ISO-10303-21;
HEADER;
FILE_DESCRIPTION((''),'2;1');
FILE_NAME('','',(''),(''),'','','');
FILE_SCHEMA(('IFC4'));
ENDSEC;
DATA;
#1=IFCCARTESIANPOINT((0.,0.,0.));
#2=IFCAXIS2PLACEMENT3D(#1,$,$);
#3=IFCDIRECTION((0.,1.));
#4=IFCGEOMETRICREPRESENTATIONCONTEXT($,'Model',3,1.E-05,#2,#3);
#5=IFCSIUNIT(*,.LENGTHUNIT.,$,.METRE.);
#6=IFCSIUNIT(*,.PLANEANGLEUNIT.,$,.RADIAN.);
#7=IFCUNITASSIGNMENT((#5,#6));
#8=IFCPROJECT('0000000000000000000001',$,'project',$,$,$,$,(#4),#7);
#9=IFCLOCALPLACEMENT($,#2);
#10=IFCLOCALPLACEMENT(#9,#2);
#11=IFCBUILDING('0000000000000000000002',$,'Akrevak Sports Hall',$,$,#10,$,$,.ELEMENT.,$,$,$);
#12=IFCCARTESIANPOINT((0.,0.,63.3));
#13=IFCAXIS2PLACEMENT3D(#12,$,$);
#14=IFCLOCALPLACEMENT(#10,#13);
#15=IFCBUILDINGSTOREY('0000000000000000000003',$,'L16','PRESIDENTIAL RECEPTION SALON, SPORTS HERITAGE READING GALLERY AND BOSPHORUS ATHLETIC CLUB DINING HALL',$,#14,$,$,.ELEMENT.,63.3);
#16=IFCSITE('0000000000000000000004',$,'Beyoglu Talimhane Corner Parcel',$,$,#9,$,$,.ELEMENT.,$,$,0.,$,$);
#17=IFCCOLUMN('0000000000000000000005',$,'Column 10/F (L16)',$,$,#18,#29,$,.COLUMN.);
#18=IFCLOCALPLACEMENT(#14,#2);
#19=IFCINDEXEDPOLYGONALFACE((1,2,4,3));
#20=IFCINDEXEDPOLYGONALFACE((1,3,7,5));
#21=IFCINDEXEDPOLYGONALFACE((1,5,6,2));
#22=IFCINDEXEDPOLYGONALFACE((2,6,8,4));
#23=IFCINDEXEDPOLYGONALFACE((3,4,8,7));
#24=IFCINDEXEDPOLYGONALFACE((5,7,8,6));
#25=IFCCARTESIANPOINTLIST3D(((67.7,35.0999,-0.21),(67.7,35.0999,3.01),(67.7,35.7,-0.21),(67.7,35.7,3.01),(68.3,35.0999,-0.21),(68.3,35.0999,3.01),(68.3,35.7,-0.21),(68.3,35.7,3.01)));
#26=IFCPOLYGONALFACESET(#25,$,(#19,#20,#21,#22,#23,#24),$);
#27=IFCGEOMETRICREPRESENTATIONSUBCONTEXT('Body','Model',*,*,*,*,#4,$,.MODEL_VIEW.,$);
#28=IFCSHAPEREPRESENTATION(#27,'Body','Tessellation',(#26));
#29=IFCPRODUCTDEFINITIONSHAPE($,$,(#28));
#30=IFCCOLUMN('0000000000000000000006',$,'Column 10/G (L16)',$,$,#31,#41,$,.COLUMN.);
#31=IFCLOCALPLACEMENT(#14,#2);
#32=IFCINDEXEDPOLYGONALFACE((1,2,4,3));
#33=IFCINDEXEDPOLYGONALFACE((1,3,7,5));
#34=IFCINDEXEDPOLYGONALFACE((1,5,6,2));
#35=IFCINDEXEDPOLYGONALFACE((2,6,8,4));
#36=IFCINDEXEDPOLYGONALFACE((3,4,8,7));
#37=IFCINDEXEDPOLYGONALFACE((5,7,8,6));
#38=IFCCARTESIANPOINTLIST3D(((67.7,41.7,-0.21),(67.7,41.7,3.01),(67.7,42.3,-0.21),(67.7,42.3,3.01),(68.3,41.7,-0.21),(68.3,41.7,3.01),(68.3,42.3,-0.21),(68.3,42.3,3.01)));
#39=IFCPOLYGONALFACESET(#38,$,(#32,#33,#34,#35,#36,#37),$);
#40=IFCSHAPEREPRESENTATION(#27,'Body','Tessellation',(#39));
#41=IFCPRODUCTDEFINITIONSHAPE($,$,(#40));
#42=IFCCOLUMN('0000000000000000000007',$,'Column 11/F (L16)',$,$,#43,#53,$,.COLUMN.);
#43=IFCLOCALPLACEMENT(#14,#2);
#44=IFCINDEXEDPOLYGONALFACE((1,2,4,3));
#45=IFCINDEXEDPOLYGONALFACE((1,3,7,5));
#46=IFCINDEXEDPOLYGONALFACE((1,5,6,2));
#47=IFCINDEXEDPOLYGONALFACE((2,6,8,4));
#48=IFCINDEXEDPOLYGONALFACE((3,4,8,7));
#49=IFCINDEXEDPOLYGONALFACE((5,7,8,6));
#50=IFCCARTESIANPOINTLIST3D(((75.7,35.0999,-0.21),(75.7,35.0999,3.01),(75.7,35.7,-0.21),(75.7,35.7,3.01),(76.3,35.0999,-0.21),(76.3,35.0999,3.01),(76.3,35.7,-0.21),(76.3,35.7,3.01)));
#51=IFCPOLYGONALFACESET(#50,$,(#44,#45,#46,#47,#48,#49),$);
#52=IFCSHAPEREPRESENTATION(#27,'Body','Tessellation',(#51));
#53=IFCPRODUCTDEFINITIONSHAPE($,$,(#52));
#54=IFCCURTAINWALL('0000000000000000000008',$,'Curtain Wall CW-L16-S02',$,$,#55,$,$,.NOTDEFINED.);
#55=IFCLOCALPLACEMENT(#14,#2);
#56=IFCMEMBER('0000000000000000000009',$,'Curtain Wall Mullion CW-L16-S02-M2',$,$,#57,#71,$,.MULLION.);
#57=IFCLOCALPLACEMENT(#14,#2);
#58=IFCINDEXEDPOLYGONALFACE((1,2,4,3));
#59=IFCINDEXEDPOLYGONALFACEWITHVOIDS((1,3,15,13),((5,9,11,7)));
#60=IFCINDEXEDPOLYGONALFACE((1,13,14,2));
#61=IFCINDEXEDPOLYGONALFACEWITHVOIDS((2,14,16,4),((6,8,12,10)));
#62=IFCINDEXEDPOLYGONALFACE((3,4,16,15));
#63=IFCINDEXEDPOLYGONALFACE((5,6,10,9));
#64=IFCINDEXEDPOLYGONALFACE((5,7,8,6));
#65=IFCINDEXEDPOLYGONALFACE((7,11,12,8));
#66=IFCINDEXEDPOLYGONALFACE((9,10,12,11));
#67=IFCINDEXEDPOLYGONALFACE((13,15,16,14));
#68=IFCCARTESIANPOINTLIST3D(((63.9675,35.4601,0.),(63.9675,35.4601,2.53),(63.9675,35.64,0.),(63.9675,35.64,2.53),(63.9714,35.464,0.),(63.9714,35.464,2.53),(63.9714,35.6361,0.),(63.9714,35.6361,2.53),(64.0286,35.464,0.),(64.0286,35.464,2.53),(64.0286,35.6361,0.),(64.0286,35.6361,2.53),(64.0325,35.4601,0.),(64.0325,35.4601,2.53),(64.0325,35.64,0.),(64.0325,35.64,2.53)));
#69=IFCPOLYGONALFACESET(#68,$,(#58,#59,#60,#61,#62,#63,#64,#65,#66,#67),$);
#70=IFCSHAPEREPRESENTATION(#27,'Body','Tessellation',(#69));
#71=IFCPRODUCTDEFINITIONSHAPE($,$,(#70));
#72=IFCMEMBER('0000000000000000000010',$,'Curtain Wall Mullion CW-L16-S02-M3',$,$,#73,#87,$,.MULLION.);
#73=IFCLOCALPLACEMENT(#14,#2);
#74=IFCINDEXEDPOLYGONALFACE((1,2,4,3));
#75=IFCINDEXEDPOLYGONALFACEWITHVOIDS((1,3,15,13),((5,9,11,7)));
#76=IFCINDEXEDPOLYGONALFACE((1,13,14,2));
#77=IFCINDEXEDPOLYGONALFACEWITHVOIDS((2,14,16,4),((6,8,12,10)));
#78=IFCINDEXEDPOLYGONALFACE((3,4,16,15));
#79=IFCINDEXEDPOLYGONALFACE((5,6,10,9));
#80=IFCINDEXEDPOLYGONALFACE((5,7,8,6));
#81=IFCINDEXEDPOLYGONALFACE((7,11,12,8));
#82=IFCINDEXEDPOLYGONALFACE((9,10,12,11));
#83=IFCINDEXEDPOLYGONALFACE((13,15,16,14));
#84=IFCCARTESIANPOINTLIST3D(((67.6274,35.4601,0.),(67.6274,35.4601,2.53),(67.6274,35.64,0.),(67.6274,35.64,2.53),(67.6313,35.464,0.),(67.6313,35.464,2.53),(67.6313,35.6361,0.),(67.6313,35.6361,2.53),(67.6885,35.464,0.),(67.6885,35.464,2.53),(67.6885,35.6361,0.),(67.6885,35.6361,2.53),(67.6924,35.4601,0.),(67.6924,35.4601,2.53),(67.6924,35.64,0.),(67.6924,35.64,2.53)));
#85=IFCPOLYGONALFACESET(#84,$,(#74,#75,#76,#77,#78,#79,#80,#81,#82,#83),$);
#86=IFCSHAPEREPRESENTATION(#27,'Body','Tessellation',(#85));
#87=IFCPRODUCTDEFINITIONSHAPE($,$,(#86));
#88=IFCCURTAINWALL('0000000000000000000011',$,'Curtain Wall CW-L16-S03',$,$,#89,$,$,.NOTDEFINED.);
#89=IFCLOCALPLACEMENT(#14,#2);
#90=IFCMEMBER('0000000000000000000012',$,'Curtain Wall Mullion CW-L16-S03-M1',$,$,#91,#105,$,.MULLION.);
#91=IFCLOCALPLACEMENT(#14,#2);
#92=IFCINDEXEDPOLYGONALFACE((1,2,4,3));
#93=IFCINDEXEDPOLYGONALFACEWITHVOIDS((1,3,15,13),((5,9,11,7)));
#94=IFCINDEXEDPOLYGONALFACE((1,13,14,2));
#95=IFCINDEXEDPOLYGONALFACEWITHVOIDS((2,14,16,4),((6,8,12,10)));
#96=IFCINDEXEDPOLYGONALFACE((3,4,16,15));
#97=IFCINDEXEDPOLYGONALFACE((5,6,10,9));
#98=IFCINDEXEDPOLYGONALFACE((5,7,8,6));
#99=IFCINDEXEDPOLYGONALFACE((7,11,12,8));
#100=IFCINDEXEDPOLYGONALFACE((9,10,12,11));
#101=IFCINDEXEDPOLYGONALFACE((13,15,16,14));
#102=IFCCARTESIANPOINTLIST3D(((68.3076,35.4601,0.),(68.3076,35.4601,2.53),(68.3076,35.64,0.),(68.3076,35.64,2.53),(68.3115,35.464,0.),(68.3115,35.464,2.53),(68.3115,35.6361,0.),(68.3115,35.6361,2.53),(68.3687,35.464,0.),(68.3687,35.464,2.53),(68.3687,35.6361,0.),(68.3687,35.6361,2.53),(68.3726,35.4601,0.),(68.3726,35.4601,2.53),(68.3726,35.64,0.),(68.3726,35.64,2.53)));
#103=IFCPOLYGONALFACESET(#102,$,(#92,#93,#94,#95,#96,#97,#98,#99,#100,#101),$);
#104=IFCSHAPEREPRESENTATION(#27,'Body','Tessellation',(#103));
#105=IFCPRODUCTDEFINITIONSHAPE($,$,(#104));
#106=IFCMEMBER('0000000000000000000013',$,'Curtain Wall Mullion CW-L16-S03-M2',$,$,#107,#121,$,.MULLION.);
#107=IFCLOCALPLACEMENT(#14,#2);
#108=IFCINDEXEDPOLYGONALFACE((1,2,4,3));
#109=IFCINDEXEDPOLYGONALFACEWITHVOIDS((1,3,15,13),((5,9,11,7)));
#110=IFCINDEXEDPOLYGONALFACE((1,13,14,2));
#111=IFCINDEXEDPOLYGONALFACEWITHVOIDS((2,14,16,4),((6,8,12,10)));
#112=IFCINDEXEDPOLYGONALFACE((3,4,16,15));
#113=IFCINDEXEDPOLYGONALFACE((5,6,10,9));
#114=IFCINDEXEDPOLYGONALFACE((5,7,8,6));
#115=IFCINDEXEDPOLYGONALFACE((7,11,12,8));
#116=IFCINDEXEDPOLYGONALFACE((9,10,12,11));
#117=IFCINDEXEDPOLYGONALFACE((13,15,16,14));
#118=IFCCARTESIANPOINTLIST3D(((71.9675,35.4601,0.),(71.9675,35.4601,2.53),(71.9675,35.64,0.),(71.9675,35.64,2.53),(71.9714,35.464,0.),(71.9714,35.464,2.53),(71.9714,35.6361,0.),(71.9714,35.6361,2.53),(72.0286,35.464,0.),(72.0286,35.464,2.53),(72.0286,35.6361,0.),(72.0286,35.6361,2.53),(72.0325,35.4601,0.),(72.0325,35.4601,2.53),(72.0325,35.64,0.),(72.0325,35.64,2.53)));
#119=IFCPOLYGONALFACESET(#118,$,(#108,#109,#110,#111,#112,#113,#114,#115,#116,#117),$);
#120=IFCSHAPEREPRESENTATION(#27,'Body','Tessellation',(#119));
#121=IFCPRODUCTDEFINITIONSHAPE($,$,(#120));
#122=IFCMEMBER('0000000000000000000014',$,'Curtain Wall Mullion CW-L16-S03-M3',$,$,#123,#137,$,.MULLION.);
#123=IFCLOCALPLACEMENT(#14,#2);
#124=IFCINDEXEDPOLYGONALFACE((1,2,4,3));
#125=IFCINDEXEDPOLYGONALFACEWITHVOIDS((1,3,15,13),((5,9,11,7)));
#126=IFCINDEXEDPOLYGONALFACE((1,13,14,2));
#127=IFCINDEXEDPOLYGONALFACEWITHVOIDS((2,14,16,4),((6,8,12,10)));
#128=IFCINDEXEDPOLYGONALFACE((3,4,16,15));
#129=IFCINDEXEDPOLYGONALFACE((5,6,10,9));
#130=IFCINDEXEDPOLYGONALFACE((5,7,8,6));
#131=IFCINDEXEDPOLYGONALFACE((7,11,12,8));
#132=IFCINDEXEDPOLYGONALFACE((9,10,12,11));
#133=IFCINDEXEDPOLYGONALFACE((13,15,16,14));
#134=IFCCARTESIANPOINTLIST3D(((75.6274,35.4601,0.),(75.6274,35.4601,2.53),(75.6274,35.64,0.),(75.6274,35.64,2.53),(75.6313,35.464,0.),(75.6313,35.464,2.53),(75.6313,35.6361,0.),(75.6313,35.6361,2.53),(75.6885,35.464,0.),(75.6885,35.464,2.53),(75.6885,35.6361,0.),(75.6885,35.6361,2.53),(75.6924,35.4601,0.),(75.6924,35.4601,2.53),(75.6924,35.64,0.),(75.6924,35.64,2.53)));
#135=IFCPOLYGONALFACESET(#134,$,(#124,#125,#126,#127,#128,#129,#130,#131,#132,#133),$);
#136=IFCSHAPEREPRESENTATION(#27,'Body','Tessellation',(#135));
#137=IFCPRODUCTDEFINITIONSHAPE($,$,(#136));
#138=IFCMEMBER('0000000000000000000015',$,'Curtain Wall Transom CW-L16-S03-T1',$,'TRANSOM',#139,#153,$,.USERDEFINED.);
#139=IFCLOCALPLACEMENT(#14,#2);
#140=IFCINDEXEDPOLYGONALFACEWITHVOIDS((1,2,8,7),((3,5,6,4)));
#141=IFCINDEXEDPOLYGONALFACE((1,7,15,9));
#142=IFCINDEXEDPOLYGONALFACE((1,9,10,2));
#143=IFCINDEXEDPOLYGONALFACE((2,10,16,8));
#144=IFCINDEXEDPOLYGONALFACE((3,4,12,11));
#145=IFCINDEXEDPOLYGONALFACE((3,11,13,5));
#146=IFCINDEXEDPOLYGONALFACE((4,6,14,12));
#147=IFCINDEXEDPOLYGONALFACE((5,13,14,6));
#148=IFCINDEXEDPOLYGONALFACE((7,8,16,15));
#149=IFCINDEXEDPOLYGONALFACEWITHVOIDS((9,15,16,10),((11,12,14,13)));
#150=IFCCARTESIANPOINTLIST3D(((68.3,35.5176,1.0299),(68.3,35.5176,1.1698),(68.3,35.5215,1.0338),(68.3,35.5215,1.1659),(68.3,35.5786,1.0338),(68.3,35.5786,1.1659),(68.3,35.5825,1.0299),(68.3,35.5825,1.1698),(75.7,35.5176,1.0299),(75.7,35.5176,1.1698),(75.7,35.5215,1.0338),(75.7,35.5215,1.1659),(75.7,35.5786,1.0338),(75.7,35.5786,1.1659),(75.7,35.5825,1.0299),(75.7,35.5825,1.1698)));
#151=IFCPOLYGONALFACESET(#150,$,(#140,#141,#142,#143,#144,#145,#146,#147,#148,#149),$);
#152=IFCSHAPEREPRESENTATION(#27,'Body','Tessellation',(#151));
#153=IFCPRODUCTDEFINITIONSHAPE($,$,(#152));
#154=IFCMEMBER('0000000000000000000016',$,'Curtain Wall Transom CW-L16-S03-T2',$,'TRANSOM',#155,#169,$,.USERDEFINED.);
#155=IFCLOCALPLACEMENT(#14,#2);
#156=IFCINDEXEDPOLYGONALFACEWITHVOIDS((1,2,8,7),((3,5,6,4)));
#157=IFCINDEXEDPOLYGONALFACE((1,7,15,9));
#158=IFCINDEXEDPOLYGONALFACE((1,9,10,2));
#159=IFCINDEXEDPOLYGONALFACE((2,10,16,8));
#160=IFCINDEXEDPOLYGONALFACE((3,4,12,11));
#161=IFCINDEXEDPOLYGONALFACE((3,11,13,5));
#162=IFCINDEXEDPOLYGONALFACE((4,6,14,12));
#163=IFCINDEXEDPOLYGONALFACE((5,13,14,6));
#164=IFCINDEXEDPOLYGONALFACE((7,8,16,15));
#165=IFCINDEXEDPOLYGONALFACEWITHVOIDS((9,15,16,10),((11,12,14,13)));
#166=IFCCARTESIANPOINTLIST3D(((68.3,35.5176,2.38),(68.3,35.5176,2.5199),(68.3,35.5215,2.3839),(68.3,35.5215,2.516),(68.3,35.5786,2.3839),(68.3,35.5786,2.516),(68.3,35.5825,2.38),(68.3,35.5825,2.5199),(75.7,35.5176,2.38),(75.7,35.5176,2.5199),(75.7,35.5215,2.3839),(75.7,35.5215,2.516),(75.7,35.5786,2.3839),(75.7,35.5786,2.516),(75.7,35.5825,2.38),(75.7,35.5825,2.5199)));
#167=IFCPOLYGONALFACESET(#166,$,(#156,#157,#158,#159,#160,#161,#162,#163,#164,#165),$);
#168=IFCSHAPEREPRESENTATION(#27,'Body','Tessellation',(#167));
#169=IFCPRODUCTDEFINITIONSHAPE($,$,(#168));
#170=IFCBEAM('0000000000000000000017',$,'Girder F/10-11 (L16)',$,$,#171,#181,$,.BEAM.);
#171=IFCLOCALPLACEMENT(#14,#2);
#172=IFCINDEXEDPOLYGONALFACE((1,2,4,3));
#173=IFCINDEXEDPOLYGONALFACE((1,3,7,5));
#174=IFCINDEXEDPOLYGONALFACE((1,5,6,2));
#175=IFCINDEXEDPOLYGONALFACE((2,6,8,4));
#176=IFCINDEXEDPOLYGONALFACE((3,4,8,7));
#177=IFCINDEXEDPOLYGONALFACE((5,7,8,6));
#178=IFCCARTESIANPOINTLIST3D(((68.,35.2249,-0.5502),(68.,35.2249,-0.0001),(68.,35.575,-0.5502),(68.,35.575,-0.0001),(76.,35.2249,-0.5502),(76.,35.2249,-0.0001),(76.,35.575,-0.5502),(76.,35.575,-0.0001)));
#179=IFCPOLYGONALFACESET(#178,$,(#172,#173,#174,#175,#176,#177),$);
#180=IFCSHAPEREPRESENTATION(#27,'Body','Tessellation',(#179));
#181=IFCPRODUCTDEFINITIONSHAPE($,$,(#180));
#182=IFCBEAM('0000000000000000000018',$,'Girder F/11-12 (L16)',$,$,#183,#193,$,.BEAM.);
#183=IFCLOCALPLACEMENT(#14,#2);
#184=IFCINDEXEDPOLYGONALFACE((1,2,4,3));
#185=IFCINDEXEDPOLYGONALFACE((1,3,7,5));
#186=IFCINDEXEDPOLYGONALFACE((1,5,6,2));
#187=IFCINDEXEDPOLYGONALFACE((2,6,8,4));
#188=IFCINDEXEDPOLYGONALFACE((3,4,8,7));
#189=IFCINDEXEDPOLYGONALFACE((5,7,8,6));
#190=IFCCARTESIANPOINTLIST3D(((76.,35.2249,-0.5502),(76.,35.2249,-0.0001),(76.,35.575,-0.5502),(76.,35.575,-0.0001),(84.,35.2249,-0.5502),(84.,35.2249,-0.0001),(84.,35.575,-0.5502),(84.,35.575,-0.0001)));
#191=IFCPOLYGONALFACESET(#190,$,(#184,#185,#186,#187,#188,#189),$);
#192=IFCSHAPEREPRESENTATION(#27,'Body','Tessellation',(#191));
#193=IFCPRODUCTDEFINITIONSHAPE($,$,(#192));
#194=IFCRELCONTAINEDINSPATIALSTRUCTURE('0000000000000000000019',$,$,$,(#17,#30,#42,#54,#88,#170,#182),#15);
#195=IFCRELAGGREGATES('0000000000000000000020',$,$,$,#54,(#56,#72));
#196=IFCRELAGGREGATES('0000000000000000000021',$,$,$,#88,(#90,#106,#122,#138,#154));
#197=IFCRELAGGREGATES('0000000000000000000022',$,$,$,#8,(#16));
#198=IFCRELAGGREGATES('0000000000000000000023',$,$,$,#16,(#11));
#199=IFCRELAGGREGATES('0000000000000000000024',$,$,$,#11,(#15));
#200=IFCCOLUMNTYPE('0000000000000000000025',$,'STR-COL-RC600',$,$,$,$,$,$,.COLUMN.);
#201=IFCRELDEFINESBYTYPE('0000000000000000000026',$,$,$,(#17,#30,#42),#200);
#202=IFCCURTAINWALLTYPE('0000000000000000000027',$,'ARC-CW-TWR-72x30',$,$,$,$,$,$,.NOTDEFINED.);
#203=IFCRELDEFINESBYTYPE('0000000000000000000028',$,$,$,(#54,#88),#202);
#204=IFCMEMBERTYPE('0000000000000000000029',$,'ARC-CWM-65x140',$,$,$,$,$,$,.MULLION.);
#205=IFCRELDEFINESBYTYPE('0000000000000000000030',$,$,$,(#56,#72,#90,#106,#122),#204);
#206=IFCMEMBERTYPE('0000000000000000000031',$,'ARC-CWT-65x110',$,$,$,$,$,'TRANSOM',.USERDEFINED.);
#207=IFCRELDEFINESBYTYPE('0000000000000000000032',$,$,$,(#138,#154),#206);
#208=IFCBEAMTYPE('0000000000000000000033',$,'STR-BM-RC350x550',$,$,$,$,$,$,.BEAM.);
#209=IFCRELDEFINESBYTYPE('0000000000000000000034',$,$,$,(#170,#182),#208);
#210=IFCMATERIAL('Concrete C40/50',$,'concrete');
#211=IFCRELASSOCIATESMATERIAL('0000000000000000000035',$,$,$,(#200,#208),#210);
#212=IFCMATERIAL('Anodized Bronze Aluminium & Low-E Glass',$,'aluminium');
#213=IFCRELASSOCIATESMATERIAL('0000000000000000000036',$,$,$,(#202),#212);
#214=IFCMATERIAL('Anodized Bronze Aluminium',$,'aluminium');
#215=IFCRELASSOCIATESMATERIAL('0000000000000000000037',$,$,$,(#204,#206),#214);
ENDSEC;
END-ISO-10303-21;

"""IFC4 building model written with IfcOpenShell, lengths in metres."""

from ifc_helpers import new_model, si_unit, direction, frame, origin, origin_2d, place, context, subcontext, project, spatial, rectangle, hollow_rectangle, extrude, material, material_profile, profile_set, type_object, element, aggregate, save


model = new_model("IFC4")

# Units and contexts
model_context = context("Model", 3, precision=1e-05, world=origin(), true_north=direction((0.0, 1.0)))
body_context = subcontext(model_context, "Body", "Model", "MODEL_VIEW")
ifc_project = project(units=[si_unit("LENGTHUNIT", "METRE"), si_unit("PLANEANGLEUNIT", "RADIAN")], contexts=[model_context])

# Site, building, storey
site_placement = place(None, origin())
site = spatial("IfcSite", under=ifc_project, at=site_placement, Name="Beyoglu Talimhane Corner Parcel", CompositionType="ELEMENT", RefElevation=0.0)
building_placement = place(site_placement, origin())
building = spatial("IfcBuilding", under=site, at=building_placement, Name="Akrevak Sports Hall", CompositionType="ELEMENT")
storey_placement = place(building_placement, frame((0.0, 0.0, 63.3)))
storey = spatial("IfcBuildingStorey", under=building, at=storey_placement, Name="L16", Description="PRESIDENTIAL RECEPTION SALON, SPORTS HERITAGE READING GALLERY AND BOSPHORUS ATHLETIC CLUB DINING HALL", CompositionType="ELEMENT", Elevation=63.3)

# Columns
ifc_material_1 = material(Name="Concrete C40/50", Category="concrete")
ifc_material_profile_1 = material_profile(ifc_material_1, rectangle(XDim=0.6001, YDim=0.6001, at=origin_2d()), Name="RC 600x600", Category="concrete")
ifc_profile_set_1 = profile_set([ifc_material_profile_1], Name="Concrete C40/50")
column_type = type_object("IfcColumnType", Name="STR-COL-RC600", PredefinedType="COLUMN", material=ifc_profile_set_1)
for number, where, z_axis, x_axis, name in (
    (1, (68.0, 35.3999, -0.21), (0.0, 0.0, 1.0), (1.0, 0.0, 0.0), "Column 10/F (L16)"),
    (2, (68.0, 42.0, -0.21), (0.0, 0.0, 1.0), (1.0, 0.0, 0.0), "Column 10/G (L16)"),
    (3, (76.0, 35.3999, -0.21), (0.0, 0.0, 1.0), (1.0, 0.0, 0.0), "Column 11/F (L16)"),
):
    element("IfcColumn", number, at=place(storey_placement, frame(where, z_axis=z_axis, x_axis=x_axis)), inside=storey, type_object=column_type, Name=name, PredefinedType="COLUMN", context=body_context, shape_type="SweptSolid", body=[
        extrude(rectangle(XDim=0.6001, YDim=0.6001, at=origin_2d()), origin(), (0.0, 0.0, 1.0), 3.22),
    ])

# Curtain walls, members
ifc_material_2 = material(Name="Anodized Bronze Aluminium & Low-E Glass", Category="aluminium")
curtain_wall_type = type_object("IfcCurtainWallType", Name="ARC-CW-TWR-72x30", PredefinedType="NOTDEFINED", material=ifc_material_2)
curtain_wall_1_placement = place(storey_placement, origin())
curtain_wall_1 = element("IfcCurtainWall", 4, at=curtain_wall_1_placement, inside=storey, type_object=curtain_wall_type, Name="Curtain Wall CW-L16-S02", PredefinedType="NOTDEFINED")
ifc_material_3 = material(Name="Anodized Bronze Aluminium", Category="aluminium")
ifc_material_profile_2 = material_profile(ifc_material_3, hollow_rectangle(XDim=0.0649, YDim=0.1799, WallThickness=0.0039, at=origin_2d()), Name="CWM 65x180", Category="aluminium")
ifc_profile_set_2 = profile_set([ifc_material_profile_2], Name="Anodized Bronze Aluminium")
member_type_1 = type_object("IfcMemberType", Name="ARC-CWM-65x140", PredefinedType="MULLION", material=ifc_profile_set_2)
member_1_placement = place(storey_placement, frame((64.0, 35.55, 0.0), z_axis=(0.0, 0.0, 1.0), x_axis=(1.0, 0.0, 0.0)))
member_1 = element("IfcMember", 5, at=member_1_placement, type_object=member_type_1, Name="Curtain Wall Mullion CW-L16-S02-M2", PredefinedType="MULLION", context=body_context, shape_type="SweptSolid", body=[
    extrude(hollow_rectangle(XDim=0.0649, YDim=0.1799, WallThickness=0.0039, at=origin_2d()), origin(), (0.0, 0.0, 1.0), 2.53),
])
member_2_placement = place(storey_placement, frame((67.6599, 35.55, 0.0), z_axis=(0.0, 0.0, 1.0), x_axis=(1.0, 0.0, 0.0)))
member_2 = element("IfcMember", 6, at=member_2_placement, type_object=member_type_1, Name="Curtain Wall Mullion CW-L16-S02-M3", PredefinedType="MULLION", context=body_context, shape_type="SweptSolid", body=[
    extrude(hollow_rectangle(XDim=0.0649, YDim=0.1799, WallThickness=0.0039, at=origin_2d()), origin(), (0.0, 0.0, 1.0), 2.53),
])
curtain_wall_2_placement = place(storey_placement, origin())
curtain_wall_2 = element("IfcCurtainWall", 7, at=curtain_wall_2_placement, inside=storey, type_object=curtain_wall_type, Name="Curtain Wall CW-L16-S03", PredefinedType="NOTDEFINED")
member_3_placement = place(storey_placement, frame((68.3401, 35.55, 0.0), z_axis=(0.0, 0.0, 1.0), x_axis=(1.0, 0.0, 0.0)))
member_3 = element("IfcMember", 8, at=member_3_placement, type_object=member_type_1, Name="Curtain Wall Mullion CW-L16-S03-M1", PredefinedType="MULLION", context=body_context, shape_type="SweptSolid", body=[
    extrude(hollow_rectangle(XDim=0.0649, YDim=0.1799, WallThickness=0.0039, at=origin_2d()), origin(), (0.0, 0.0, 1.0), 2.53),
])
member_4_placement = place(storey_placement, frame((72.0, 35.55, 0.0), z_axis=(0.0, 0.0, 1.0), x_axis=(1.0, 0.0, 0.0)))
member_4 = element("IfcMember", 9, at=member_4_placement, type_object=member_type_1, Name="Curtain Wall Mullion CW-L16-S03-M2", PredefinedType="MULLION", context=body_context, shape_type="SweptSolid", body=[
    extrude(hollow_rectangle(XDim=0.0649, YDim=0.1799, WallThickness=0.0039, at=origin_2d()), origin(), (0.0, 0.0, 1.0), 2.53),
])
member_5_placement = place(storey_placement, frame((75.6599, 35.55, 0.0), z_axis=(0.0, 0.0, 1.0), x_axis=(1.0, 0.0, 0.0)))
member_5 = element("IfcMember", 10, at=member_5_placement, type_object=member_type_1, Name="Curtain Wall Mullion CW-L16-S03-M3", PredefinedType="MULLION", context=body_context, shape_type="SweptSolid", body=[
    extrude(hollow_rectangle(XDim=0.0649, YDim=0.1799, WallThickness=0.0039, at=origin_2d()), origin(), (0.0, 0.0, 1.0), 2.53),
])
ifc_material_profile_3 = material_profile(ifc_material_3, hollow_rectangle(XDim=0.0649, YDim=0.1399, WallThickness=0.0039, at=origin_2d()), Name="CWT 65x140", Category="aluminium")
ifc_profile_set_3 = profile_set([ifc_material_profile_3], Name="Anodized Bronze Aluminium")
member_type_2 = type_object("IfcMemberType", Name="ARC-CWT-65x110", ElementType="TRANSOM", PredefinedType="USERDEFINED", material=ifc_profile_set_3)
member_6_placement = place(storey_placement, frame((68.3, 35.55, 1.0999), z_axis=(1.0, 0.0, 0.0), x_axis=(0.0, 1.0, 0.0)))
member_6 = element("IfcMember", 11, at=member_6_placement, type_object=member_type_2, Name="Curtain Wall Transom CW-L16-S03-T1", ObjectType="TRANSOM", PredefinedType="USERDEFINED", context=body_context, shape_type="SweptSolid", body=[
    extrude(hollow_rectangle(XDim=0.0649, YDim=0.1399, WallThickness=0.0039, at=origin_2d()), origin(), (0.0, 0.0, 1.0), 7.3999),
])
member_7_placement = place(storey_placement, frame((68.3, 35.55, 2.45), z_axis=(1.0, 0.0, 0.0), x_axis=(0.0, 1.0, 0.0)))
member_7 = element("IfcMember", 12, at=member_7_placement, type_object=member_type_2, Name="Curtain Wall Transom CW-L16-S03-T2", ObjectType="TRANSOM", PredefinedType="USERDEFINED", context=body_context, shape_type="SweptSolid", body=[
    extrude(hollow_rectangle(XDim=0.0649, YDim=0.1399, WallThickness=0.0039, at=origin_2d()), origin(), (0.0, 0.0, 1.0), 7.3999),
])

# Beams
ifc_material_profile_4 = material_profile(ifc_material_1, rectangle(XDim=0.3501, YDim=0.55, at=origin_2d()), Name="BM 350x550", Category="concrete")
ifc_profile_set_4 = profile_set([ifc_material_profile_4], Name="Concrete C40/50")
beam_type = type_object("IfcBeamType", Name="STR-BM-RC350x550", PredefinedType="BEAM", material=ifc_profile_set_4)
for number, where, z_axis, x_axis, name in (
    (13, (68.0, 35.3999, -0.2751), (1.0, 0.0, 0.0), (0.0, 1.0, 0.0), "Girder F/10-11 (L16)"),
    (14, (76.0, 35.3999, -0.2751), (1.0, 0.0, 0.0), (0.0, 1.0, 0.0), "Girder F/11-12 (L16)"),
):
    element("IfcBeam", number, at=place(storey_placement, frame(where, z_axis=z_axis, x_axis=x_axis)), inside=storey, type_object=beam_type, Name=name, PredefinedType="BEAM", context=body_context, shape_type="SweptSolid", body=[
        extrude(rectangle(XDim=0.3501, YDim=0.55, at=origin_2d()), origin(), (0.0, 0.0, 1.0), 8.0),
    ])

aggregate(curtain_wall_1, [member_1, member_2])
aggregate(curtain_wall_2, [member_3, member_4, member_5, member_6, member_7])

save(model, "model.ifc")
